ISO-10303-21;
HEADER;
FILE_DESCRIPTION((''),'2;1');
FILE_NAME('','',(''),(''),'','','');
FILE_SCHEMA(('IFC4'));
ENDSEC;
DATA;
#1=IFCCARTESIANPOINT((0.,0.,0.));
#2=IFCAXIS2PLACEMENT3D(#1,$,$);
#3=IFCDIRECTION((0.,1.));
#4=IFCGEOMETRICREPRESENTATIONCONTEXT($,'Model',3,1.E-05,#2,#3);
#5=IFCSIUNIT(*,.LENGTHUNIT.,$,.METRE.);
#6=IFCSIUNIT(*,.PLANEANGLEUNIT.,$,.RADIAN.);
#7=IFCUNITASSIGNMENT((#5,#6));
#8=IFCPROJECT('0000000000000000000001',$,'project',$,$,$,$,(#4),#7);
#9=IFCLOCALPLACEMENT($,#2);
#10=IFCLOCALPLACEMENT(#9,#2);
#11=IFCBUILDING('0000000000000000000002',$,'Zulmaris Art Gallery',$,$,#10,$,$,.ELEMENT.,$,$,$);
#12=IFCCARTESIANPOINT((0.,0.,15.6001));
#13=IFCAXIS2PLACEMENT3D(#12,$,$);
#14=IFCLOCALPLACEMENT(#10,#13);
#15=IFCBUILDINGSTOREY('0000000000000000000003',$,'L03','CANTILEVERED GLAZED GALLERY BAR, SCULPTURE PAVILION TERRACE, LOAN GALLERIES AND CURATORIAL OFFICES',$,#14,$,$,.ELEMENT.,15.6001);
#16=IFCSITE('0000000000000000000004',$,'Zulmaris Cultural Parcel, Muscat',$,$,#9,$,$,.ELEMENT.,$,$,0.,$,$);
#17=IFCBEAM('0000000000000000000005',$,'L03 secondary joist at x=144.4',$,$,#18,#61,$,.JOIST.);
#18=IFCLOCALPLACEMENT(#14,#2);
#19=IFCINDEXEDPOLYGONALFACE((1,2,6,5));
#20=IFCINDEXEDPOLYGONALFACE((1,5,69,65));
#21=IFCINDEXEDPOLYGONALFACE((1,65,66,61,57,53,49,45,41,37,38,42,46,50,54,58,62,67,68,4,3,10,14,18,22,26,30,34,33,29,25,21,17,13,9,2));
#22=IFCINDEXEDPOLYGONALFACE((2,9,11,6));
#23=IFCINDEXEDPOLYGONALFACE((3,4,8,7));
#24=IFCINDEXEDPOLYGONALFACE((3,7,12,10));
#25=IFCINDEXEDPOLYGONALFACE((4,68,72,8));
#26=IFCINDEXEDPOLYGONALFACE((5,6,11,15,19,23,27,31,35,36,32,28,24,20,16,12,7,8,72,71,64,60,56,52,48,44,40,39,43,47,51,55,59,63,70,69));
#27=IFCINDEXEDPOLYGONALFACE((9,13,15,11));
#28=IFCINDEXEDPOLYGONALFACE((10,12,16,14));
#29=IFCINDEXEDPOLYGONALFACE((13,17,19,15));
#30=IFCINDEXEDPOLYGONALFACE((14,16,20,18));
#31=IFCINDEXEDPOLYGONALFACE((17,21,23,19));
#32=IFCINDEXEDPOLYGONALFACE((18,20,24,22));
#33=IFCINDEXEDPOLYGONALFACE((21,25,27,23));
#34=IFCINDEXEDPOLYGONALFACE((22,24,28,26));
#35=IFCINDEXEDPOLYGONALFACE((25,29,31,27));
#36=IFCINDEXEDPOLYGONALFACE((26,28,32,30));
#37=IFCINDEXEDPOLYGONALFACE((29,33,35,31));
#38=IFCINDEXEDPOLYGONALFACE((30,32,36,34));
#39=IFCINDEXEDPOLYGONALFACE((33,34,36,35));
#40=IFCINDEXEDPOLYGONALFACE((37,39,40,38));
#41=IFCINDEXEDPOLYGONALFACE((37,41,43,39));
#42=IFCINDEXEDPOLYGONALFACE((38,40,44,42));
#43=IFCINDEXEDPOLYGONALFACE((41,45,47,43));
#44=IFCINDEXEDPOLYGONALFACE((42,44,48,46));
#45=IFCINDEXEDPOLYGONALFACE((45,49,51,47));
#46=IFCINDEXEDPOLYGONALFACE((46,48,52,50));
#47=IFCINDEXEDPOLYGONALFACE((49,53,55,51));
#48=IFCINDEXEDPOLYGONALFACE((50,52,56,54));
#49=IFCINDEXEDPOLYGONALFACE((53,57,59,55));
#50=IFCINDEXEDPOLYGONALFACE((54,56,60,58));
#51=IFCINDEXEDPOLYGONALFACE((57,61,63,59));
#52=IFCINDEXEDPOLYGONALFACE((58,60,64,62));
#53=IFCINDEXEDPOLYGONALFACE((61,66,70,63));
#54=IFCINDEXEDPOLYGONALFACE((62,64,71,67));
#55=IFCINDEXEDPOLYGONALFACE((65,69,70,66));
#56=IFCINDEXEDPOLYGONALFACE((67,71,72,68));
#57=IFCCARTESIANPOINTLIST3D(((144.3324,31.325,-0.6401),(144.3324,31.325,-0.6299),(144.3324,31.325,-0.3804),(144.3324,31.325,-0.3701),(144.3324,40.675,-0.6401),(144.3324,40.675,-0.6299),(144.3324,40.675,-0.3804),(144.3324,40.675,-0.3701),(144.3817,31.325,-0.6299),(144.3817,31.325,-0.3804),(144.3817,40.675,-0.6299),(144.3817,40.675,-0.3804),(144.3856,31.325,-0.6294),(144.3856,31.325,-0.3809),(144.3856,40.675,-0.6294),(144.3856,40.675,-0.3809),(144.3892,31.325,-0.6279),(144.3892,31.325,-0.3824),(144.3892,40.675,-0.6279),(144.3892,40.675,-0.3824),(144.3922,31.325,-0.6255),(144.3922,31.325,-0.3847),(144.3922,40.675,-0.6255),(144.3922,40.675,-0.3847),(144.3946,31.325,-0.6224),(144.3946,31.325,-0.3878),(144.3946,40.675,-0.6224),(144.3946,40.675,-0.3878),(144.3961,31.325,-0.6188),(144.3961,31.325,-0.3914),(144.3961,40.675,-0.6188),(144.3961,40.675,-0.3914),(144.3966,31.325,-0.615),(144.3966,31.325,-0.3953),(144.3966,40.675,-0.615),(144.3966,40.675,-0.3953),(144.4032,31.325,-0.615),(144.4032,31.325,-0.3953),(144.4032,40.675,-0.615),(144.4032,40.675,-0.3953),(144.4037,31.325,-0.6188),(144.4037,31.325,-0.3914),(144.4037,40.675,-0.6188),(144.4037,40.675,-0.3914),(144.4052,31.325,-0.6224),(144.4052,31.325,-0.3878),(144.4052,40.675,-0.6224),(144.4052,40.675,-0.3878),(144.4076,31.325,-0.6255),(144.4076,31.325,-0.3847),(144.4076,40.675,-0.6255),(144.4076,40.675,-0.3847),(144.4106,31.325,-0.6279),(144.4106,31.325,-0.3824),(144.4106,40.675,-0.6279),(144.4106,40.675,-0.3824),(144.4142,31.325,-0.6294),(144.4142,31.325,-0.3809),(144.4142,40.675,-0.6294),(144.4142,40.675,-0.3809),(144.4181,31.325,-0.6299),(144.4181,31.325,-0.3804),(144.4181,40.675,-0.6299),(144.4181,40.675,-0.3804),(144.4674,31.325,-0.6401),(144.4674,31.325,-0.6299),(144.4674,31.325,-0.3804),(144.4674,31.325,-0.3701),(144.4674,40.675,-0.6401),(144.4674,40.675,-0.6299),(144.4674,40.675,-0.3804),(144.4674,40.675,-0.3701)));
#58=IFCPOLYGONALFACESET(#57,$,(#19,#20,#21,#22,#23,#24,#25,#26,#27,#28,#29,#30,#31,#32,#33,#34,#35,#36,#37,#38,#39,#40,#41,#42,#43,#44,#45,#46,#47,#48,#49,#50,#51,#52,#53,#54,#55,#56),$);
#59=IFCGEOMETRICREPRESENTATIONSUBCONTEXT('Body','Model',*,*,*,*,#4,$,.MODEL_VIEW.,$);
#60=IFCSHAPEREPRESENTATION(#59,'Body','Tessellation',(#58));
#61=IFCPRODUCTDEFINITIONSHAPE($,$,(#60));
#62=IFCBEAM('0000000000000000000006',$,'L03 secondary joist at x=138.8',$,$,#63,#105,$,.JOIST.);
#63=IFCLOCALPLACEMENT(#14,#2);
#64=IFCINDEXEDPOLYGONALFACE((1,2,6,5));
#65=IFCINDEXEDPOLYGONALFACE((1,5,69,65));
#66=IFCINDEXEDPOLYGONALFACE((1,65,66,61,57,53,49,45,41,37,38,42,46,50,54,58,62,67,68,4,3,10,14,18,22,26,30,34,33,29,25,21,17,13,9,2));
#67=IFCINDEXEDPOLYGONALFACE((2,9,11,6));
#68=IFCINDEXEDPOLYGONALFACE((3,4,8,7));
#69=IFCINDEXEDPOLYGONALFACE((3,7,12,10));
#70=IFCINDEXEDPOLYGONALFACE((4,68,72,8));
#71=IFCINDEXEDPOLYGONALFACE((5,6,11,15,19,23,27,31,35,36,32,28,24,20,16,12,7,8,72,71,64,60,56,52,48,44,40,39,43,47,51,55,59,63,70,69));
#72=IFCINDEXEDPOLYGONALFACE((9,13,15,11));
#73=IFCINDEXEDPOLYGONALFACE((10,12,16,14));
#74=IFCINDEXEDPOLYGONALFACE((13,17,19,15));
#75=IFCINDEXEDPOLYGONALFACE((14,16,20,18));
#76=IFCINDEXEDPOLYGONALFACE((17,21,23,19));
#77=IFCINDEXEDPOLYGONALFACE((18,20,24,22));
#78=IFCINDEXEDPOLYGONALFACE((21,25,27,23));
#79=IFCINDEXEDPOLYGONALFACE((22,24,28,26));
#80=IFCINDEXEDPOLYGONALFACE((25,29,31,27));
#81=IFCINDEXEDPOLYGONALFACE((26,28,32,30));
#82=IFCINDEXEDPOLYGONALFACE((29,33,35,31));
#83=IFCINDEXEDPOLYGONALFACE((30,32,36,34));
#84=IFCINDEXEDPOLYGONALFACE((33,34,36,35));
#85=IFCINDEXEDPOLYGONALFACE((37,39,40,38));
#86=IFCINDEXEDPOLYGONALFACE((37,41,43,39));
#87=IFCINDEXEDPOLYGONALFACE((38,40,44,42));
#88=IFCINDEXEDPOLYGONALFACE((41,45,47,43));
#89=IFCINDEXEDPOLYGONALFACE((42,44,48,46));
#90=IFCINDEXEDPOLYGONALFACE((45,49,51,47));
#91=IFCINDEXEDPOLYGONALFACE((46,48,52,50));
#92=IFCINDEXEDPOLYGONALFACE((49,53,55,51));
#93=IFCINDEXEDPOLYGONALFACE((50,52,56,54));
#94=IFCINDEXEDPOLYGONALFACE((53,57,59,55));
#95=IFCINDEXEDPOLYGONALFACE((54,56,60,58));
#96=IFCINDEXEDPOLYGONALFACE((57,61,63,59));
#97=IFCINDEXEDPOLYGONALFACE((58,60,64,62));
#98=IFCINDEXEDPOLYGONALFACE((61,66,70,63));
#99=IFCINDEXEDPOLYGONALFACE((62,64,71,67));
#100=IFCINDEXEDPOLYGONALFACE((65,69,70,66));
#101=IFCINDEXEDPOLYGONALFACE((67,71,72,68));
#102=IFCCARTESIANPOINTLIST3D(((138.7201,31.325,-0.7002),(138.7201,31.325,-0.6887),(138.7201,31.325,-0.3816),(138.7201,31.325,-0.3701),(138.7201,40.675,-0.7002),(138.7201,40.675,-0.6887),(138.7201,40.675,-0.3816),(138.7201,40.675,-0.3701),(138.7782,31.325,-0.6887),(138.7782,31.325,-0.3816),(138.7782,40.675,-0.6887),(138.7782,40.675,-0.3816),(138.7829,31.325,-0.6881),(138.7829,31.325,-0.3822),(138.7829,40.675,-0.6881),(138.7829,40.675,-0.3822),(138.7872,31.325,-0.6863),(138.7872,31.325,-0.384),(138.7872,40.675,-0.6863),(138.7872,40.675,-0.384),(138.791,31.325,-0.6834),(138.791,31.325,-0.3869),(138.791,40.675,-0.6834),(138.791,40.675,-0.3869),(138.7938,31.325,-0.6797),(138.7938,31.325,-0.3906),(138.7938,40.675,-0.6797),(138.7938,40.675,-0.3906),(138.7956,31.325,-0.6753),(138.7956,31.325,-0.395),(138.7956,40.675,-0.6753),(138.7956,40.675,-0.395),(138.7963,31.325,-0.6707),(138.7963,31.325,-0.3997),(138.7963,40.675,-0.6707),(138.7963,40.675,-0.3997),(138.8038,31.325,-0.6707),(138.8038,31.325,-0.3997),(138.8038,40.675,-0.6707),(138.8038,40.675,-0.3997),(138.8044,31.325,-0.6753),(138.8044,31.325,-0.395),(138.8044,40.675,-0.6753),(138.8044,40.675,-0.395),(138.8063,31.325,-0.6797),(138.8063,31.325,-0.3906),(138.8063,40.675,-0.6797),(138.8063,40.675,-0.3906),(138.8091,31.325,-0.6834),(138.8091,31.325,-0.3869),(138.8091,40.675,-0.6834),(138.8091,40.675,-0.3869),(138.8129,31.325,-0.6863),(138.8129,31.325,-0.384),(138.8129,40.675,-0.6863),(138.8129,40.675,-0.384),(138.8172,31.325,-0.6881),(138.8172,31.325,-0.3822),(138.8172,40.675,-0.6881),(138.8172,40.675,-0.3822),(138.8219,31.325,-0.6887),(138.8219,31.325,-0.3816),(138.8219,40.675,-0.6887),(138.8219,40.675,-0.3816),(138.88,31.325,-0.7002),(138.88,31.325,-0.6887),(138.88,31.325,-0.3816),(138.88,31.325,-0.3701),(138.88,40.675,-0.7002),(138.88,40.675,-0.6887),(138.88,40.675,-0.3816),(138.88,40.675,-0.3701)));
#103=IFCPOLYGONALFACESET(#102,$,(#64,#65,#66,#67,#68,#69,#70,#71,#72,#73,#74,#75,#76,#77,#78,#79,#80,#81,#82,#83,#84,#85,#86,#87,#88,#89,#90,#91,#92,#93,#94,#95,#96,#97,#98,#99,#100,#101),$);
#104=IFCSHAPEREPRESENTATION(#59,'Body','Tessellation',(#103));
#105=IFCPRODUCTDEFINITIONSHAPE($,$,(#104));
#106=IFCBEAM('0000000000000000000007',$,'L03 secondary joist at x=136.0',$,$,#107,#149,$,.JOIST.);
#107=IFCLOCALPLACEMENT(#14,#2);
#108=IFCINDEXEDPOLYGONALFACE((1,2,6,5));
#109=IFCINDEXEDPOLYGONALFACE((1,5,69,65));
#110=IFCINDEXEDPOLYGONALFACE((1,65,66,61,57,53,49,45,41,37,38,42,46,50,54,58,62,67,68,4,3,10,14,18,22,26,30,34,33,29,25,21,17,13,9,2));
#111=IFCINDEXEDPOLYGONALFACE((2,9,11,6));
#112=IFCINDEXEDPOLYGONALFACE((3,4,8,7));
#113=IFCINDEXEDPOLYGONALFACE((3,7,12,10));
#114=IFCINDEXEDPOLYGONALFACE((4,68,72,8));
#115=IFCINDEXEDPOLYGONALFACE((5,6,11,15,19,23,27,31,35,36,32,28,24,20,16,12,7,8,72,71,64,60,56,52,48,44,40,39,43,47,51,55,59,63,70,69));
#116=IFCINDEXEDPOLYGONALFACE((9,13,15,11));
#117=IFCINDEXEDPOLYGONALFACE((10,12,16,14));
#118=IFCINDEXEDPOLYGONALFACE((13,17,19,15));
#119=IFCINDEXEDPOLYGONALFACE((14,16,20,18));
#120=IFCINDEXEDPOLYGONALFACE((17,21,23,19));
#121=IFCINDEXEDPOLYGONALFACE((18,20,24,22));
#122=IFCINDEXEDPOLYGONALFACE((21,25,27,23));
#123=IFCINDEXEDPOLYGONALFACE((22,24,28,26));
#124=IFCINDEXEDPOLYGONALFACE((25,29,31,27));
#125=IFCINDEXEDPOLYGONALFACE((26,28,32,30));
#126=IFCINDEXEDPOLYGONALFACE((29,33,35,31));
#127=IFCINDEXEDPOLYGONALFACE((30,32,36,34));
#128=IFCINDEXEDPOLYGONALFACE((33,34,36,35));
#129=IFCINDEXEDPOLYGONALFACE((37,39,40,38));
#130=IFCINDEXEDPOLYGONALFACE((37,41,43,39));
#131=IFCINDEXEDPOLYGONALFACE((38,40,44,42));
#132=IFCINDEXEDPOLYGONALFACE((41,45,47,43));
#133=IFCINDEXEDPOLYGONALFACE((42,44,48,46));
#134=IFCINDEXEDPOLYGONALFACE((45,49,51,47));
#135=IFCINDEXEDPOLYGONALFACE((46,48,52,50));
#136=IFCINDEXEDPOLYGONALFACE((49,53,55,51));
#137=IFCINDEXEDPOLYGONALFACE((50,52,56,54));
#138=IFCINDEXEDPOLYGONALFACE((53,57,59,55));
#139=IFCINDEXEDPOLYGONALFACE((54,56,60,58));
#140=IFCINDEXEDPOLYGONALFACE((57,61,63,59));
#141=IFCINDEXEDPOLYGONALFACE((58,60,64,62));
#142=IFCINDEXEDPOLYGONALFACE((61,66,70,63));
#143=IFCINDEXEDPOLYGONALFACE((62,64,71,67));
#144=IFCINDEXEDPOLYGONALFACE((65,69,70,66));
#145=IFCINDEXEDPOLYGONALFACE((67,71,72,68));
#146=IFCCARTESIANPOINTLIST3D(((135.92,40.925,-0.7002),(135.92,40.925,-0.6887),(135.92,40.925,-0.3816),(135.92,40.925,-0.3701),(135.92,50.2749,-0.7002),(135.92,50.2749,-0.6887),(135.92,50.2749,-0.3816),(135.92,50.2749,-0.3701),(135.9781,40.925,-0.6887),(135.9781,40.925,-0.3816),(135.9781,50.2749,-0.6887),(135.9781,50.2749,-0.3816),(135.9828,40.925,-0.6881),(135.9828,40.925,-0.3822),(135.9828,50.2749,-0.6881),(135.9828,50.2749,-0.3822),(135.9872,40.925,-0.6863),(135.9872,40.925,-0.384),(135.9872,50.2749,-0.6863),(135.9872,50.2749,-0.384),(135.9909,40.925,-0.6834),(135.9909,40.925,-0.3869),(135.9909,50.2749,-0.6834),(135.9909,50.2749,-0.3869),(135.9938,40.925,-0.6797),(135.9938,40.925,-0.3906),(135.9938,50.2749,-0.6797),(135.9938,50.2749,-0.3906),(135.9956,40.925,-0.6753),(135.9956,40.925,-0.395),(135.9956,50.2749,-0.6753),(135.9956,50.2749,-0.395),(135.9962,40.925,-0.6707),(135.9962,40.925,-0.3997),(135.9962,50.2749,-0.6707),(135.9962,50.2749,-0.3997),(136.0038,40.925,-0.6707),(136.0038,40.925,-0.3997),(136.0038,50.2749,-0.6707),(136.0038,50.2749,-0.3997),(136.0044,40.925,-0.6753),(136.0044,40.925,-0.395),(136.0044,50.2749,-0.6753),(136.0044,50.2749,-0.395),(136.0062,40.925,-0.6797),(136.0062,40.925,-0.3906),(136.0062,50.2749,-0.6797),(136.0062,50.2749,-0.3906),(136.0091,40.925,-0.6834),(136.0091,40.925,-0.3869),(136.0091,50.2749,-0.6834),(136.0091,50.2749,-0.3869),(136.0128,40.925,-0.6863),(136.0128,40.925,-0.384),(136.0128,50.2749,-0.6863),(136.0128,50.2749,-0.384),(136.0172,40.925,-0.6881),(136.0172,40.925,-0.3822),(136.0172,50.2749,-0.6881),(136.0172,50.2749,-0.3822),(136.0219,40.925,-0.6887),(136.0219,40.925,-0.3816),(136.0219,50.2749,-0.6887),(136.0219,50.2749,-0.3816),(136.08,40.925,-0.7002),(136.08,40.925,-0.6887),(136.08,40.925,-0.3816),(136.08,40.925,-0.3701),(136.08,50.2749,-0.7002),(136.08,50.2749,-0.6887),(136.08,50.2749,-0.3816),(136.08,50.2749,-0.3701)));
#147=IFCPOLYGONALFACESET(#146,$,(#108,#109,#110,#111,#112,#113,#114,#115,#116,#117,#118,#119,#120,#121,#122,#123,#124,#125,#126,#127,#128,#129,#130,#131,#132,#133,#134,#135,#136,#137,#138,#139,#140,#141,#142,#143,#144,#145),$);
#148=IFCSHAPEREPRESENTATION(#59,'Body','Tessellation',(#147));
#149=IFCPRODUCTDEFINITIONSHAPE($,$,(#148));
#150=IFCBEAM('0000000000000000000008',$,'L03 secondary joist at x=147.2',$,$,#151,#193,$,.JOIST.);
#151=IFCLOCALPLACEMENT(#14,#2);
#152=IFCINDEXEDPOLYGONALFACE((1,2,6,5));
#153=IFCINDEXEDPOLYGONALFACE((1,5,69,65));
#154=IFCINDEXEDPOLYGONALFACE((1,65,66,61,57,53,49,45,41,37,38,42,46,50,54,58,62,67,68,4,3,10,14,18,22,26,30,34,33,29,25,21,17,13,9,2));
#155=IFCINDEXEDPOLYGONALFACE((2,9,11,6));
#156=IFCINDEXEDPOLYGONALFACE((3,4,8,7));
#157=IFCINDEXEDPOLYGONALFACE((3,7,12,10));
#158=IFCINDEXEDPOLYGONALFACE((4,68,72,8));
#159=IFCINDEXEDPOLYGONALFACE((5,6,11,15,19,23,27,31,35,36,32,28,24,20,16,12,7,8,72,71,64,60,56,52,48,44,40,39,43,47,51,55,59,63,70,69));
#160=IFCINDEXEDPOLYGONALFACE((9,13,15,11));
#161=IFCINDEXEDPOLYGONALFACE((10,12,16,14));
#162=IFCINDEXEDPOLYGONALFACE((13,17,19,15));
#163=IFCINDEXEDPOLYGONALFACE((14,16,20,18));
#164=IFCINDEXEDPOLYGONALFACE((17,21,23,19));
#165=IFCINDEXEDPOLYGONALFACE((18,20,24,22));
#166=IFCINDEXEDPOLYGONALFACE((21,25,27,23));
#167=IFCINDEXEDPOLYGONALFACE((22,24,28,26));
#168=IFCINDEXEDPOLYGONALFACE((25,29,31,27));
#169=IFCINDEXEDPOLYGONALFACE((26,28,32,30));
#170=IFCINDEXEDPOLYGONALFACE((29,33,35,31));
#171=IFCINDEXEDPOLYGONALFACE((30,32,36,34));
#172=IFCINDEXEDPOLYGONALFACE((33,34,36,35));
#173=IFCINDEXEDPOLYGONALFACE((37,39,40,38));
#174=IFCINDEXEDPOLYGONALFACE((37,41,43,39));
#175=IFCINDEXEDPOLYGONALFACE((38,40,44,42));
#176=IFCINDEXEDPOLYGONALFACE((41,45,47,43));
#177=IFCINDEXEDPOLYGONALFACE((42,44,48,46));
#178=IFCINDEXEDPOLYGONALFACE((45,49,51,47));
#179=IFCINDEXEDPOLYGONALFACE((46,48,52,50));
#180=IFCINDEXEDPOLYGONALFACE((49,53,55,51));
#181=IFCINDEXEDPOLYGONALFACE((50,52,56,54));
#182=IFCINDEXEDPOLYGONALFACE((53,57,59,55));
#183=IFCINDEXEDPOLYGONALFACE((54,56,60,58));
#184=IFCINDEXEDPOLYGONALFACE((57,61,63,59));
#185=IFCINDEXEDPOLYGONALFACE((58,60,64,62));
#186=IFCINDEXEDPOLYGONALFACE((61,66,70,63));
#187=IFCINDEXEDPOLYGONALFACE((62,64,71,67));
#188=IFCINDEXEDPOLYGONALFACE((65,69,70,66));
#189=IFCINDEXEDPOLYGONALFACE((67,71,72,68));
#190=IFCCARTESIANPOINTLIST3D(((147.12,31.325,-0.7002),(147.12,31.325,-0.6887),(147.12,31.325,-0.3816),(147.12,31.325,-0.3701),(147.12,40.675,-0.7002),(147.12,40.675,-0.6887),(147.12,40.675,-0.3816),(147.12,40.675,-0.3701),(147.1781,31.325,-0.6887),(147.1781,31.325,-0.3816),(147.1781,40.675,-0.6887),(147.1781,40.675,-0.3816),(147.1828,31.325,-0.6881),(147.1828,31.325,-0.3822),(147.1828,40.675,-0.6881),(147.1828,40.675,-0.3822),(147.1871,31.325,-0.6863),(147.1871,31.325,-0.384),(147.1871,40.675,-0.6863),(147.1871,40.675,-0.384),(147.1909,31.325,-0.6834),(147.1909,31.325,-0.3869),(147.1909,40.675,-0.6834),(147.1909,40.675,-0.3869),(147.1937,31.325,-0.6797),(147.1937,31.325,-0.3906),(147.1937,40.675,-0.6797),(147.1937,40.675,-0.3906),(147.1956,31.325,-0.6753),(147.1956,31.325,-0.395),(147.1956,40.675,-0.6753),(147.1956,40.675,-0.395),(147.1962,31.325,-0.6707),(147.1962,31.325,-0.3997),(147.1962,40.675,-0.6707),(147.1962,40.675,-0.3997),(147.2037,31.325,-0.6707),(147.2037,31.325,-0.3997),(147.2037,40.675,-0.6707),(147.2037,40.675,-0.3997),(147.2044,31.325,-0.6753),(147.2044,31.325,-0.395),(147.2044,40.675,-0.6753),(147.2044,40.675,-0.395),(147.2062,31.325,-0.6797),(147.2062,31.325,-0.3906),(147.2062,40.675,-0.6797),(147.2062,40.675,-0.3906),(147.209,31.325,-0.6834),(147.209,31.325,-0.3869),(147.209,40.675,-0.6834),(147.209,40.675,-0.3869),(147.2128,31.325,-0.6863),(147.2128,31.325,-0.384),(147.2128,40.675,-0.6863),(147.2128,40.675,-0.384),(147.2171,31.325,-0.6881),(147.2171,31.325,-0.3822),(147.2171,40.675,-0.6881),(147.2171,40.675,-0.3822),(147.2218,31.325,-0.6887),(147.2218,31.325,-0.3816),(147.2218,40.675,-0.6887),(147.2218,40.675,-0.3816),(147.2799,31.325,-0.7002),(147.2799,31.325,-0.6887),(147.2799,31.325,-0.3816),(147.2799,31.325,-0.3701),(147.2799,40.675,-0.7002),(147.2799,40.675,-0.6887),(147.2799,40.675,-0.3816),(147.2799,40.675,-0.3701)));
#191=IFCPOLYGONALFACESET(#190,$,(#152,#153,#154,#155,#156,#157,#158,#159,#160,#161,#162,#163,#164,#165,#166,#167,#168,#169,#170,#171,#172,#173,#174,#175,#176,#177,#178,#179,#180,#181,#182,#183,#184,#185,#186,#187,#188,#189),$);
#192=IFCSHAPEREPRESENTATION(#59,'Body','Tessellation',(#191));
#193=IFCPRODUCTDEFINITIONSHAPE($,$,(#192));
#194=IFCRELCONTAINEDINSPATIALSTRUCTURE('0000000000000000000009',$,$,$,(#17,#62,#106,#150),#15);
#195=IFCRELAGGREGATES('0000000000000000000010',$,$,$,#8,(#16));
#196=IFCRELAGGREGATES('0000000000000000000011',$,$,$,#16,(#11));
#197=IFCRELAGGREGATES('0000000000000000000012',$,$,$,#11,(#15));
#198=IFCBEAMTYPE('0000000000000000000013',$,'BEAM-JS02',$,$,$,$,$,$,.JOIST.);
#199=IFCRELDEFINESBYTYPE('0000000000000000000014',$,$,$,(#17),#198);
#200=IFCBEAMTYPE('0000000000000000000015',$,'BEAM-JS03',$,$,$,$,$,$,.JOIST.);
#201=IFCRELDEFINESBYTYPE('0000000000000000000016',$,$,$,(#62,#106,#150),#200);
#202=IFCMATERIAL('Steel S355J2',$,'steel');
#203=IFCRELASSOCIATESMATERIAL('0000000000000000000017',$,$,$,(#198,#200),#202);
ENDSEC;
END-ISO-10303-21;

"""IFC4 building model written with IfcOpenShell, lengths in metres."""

from ifc_helpers import new_model, si_unit, direction, frame, origin, origin_2d, place, context, subcontext, project, spatial, i_section, extrude, material, material_profile, profile_set, type_object, element, save


model = new_model("IFC4")

# Units and contexts
model_context = context("Model", 3, precision=1e-05, world=origin(), true_north=direction((0.0, 1.0)))
body_context = subcontext(model_context, "Body", "Model", "MODEL_VIEW")
ifc_project = project(units=[si_unit("LENGTHUNIT", "METRE"), si_unit("PLANEANGLEUNIT", "RADIAN")], contexts=[model_context])

# Site, building, storey
site_placement = place(None, origin())
site = spatial("IfcSite", under=ifc_project, at=site_placement, Name="Zulmaris Cultural Parcel, Muscat", CompositionType="ELEMENT", RefElevation=0.0)
building_placement = place(site_placement, origin())
building = spatial("IfcBuilding", under=site, at=building_placement, Name="Zulmaris Art Gallery", CompositionType="ELEMENT")
storey_placement = place(building_placement, frame((0.0, 0.0, 15.6001)))
storey = spatial("IfcBuildingStorey", under=building, at=storey_placement, Name="L03", Description="CANTILEVERED GLAZED GALLERY BAR, SCULPTURE PAVILION TERRACE, LOAN GALLERIES AND CURATORIAL OFFICES", CompositionType="ELEMENT", Elevation=15.6001)

# Beams
ifc_material_1 = material(Name="Steel S355J2", Category="steel")
ifc_material_profile_1 = material_profile(ifc_material_1, i_section(OverallWidth=0.135, OverallDepth=0.27, WebThickness=0.0066, FlangeThickness=0.0103, FilletRadius=0.0149, at=origin_2d()), Name="IPE 270")
ifc_profile_set_1 = profile_set([ifc_material_profile_1], Name="Steel S355J2")
beam_type_1 = type_object("IfcBeamType", Name="BEAM-JS02", PredefinedType="JOIST", material=ifc_profile_set_1)
for number, where, z_axis, x_axis, name in (
    (1, (144.3999, 31.325, -0.5051), (0.0, 1.0, 0.0), (-1.0, 0.0, 0.0), "L03 secondary joist at x=144.4"),
):
    element("IfcBeam", number, at=place(storey_placement, frame(where, z_axis=z_axis, x_axis=x_axis)), inside=storey, type_object=beam_type_1, Name=name, PredefinedType="JOIST", context=body_context, shape_type="SweptSolid", body=[
        extrude(i_section(OverallWidth=0.135, OverallDepth=0.27, WebThickness=0.0066, FlangeThickness=0.0103, FilletRadius=0.0149, at=origin_2d()), origin(), (0.0, 0.0, 1.0), 9.3501),
    ])
ifc_material_profile_2 = material_profile(ifc_material_1, i_section(OverallWidth=0.1599, OverallDepth=0.3301, WebThickness=0.0076, FlangeThickness=0.0115, FilletRadius=0.0181, at=origin_2d()), Name="IPE 330")
ifc_profile_set_2 = profile_set([ifc_material_profile_2], Name="Steel S355J2")
beam_type_2 = type_object("IfcBeamType", Name="BEAM-JS03", PredefinedType="JOIST", material=ifc_profile_set_2)
beam_1_placement = place(storey_placement, frame((138.8, 31.325, -0.5352), z_axis=(0.0, 1.0, 0.0), x_axis=(-1.0, 0.0, 0.0)))
element("IfcBeam", 2, at=beam_1_placement, inside=storey, type_object=beam_type_2, Name="L03 secondary joist at x=138.8", PredefinedType="JOIST", context=body_context, shape_type="SweptSolid", body=[
    extrude(i_section(OverallWidth=0.1599, OverallDepth=0.3301, WebThickness=0.0076, FlangeThickness=0.0115, FilletRadius=0.0181, at=origin_2d()), origin(), (0.0, 0.0, 1.0), 9.3501),
])
beam_2_placement = place(storey_placement, frame((136.0, 40.925, -0.5352), z_axis=(0.0, 1.0, 0.0), x_axis=(-1.0, 0.0, 0.0)))
element("IfcBeam", 3, at=beam_2_placement, inside=storey, type_object=beam_type_2, Name="L03 secondary joist at x=136.0", PredefinedType="JOIST", context=body_context, shape_type="SweptSolid", body=[
    extrude(i_section(OverallWidth=0.1599, OverallDepth=0.3301, WebThickness=0.0076, FlangeThickness=0.0115, FilletRadius=0.0181, at=origin_2d()), origin(), (0.0, 0.0, 1.0), 9.3499),
])
beam_3_placement = place(storey_placement, frame((147.2, 31.325, -0.5352), z_axis=(0.0, 1.0, 0.0), x_axis=(-1.0, 0.0, 0.0)))
element("IfcBeam", 4, at=beam_3_placement, inside=storey, type_object=beam_type_2, Name="L03 secondary joist at x=147.2", PredefinedType="JOIST", context=body_context, shape_type="SweptSolid", body=[
    extrude(i_section(OverallWidth=0.1599, OverallDepth=0.3301, WebThickness=0.0076, FlangeThickness=0.0115, FilletRadius=0.0181, at=origin_2d()), origin(), (0.0, 0.0, 1.0), 9.3501),
])

save(model, "model.ifc")
